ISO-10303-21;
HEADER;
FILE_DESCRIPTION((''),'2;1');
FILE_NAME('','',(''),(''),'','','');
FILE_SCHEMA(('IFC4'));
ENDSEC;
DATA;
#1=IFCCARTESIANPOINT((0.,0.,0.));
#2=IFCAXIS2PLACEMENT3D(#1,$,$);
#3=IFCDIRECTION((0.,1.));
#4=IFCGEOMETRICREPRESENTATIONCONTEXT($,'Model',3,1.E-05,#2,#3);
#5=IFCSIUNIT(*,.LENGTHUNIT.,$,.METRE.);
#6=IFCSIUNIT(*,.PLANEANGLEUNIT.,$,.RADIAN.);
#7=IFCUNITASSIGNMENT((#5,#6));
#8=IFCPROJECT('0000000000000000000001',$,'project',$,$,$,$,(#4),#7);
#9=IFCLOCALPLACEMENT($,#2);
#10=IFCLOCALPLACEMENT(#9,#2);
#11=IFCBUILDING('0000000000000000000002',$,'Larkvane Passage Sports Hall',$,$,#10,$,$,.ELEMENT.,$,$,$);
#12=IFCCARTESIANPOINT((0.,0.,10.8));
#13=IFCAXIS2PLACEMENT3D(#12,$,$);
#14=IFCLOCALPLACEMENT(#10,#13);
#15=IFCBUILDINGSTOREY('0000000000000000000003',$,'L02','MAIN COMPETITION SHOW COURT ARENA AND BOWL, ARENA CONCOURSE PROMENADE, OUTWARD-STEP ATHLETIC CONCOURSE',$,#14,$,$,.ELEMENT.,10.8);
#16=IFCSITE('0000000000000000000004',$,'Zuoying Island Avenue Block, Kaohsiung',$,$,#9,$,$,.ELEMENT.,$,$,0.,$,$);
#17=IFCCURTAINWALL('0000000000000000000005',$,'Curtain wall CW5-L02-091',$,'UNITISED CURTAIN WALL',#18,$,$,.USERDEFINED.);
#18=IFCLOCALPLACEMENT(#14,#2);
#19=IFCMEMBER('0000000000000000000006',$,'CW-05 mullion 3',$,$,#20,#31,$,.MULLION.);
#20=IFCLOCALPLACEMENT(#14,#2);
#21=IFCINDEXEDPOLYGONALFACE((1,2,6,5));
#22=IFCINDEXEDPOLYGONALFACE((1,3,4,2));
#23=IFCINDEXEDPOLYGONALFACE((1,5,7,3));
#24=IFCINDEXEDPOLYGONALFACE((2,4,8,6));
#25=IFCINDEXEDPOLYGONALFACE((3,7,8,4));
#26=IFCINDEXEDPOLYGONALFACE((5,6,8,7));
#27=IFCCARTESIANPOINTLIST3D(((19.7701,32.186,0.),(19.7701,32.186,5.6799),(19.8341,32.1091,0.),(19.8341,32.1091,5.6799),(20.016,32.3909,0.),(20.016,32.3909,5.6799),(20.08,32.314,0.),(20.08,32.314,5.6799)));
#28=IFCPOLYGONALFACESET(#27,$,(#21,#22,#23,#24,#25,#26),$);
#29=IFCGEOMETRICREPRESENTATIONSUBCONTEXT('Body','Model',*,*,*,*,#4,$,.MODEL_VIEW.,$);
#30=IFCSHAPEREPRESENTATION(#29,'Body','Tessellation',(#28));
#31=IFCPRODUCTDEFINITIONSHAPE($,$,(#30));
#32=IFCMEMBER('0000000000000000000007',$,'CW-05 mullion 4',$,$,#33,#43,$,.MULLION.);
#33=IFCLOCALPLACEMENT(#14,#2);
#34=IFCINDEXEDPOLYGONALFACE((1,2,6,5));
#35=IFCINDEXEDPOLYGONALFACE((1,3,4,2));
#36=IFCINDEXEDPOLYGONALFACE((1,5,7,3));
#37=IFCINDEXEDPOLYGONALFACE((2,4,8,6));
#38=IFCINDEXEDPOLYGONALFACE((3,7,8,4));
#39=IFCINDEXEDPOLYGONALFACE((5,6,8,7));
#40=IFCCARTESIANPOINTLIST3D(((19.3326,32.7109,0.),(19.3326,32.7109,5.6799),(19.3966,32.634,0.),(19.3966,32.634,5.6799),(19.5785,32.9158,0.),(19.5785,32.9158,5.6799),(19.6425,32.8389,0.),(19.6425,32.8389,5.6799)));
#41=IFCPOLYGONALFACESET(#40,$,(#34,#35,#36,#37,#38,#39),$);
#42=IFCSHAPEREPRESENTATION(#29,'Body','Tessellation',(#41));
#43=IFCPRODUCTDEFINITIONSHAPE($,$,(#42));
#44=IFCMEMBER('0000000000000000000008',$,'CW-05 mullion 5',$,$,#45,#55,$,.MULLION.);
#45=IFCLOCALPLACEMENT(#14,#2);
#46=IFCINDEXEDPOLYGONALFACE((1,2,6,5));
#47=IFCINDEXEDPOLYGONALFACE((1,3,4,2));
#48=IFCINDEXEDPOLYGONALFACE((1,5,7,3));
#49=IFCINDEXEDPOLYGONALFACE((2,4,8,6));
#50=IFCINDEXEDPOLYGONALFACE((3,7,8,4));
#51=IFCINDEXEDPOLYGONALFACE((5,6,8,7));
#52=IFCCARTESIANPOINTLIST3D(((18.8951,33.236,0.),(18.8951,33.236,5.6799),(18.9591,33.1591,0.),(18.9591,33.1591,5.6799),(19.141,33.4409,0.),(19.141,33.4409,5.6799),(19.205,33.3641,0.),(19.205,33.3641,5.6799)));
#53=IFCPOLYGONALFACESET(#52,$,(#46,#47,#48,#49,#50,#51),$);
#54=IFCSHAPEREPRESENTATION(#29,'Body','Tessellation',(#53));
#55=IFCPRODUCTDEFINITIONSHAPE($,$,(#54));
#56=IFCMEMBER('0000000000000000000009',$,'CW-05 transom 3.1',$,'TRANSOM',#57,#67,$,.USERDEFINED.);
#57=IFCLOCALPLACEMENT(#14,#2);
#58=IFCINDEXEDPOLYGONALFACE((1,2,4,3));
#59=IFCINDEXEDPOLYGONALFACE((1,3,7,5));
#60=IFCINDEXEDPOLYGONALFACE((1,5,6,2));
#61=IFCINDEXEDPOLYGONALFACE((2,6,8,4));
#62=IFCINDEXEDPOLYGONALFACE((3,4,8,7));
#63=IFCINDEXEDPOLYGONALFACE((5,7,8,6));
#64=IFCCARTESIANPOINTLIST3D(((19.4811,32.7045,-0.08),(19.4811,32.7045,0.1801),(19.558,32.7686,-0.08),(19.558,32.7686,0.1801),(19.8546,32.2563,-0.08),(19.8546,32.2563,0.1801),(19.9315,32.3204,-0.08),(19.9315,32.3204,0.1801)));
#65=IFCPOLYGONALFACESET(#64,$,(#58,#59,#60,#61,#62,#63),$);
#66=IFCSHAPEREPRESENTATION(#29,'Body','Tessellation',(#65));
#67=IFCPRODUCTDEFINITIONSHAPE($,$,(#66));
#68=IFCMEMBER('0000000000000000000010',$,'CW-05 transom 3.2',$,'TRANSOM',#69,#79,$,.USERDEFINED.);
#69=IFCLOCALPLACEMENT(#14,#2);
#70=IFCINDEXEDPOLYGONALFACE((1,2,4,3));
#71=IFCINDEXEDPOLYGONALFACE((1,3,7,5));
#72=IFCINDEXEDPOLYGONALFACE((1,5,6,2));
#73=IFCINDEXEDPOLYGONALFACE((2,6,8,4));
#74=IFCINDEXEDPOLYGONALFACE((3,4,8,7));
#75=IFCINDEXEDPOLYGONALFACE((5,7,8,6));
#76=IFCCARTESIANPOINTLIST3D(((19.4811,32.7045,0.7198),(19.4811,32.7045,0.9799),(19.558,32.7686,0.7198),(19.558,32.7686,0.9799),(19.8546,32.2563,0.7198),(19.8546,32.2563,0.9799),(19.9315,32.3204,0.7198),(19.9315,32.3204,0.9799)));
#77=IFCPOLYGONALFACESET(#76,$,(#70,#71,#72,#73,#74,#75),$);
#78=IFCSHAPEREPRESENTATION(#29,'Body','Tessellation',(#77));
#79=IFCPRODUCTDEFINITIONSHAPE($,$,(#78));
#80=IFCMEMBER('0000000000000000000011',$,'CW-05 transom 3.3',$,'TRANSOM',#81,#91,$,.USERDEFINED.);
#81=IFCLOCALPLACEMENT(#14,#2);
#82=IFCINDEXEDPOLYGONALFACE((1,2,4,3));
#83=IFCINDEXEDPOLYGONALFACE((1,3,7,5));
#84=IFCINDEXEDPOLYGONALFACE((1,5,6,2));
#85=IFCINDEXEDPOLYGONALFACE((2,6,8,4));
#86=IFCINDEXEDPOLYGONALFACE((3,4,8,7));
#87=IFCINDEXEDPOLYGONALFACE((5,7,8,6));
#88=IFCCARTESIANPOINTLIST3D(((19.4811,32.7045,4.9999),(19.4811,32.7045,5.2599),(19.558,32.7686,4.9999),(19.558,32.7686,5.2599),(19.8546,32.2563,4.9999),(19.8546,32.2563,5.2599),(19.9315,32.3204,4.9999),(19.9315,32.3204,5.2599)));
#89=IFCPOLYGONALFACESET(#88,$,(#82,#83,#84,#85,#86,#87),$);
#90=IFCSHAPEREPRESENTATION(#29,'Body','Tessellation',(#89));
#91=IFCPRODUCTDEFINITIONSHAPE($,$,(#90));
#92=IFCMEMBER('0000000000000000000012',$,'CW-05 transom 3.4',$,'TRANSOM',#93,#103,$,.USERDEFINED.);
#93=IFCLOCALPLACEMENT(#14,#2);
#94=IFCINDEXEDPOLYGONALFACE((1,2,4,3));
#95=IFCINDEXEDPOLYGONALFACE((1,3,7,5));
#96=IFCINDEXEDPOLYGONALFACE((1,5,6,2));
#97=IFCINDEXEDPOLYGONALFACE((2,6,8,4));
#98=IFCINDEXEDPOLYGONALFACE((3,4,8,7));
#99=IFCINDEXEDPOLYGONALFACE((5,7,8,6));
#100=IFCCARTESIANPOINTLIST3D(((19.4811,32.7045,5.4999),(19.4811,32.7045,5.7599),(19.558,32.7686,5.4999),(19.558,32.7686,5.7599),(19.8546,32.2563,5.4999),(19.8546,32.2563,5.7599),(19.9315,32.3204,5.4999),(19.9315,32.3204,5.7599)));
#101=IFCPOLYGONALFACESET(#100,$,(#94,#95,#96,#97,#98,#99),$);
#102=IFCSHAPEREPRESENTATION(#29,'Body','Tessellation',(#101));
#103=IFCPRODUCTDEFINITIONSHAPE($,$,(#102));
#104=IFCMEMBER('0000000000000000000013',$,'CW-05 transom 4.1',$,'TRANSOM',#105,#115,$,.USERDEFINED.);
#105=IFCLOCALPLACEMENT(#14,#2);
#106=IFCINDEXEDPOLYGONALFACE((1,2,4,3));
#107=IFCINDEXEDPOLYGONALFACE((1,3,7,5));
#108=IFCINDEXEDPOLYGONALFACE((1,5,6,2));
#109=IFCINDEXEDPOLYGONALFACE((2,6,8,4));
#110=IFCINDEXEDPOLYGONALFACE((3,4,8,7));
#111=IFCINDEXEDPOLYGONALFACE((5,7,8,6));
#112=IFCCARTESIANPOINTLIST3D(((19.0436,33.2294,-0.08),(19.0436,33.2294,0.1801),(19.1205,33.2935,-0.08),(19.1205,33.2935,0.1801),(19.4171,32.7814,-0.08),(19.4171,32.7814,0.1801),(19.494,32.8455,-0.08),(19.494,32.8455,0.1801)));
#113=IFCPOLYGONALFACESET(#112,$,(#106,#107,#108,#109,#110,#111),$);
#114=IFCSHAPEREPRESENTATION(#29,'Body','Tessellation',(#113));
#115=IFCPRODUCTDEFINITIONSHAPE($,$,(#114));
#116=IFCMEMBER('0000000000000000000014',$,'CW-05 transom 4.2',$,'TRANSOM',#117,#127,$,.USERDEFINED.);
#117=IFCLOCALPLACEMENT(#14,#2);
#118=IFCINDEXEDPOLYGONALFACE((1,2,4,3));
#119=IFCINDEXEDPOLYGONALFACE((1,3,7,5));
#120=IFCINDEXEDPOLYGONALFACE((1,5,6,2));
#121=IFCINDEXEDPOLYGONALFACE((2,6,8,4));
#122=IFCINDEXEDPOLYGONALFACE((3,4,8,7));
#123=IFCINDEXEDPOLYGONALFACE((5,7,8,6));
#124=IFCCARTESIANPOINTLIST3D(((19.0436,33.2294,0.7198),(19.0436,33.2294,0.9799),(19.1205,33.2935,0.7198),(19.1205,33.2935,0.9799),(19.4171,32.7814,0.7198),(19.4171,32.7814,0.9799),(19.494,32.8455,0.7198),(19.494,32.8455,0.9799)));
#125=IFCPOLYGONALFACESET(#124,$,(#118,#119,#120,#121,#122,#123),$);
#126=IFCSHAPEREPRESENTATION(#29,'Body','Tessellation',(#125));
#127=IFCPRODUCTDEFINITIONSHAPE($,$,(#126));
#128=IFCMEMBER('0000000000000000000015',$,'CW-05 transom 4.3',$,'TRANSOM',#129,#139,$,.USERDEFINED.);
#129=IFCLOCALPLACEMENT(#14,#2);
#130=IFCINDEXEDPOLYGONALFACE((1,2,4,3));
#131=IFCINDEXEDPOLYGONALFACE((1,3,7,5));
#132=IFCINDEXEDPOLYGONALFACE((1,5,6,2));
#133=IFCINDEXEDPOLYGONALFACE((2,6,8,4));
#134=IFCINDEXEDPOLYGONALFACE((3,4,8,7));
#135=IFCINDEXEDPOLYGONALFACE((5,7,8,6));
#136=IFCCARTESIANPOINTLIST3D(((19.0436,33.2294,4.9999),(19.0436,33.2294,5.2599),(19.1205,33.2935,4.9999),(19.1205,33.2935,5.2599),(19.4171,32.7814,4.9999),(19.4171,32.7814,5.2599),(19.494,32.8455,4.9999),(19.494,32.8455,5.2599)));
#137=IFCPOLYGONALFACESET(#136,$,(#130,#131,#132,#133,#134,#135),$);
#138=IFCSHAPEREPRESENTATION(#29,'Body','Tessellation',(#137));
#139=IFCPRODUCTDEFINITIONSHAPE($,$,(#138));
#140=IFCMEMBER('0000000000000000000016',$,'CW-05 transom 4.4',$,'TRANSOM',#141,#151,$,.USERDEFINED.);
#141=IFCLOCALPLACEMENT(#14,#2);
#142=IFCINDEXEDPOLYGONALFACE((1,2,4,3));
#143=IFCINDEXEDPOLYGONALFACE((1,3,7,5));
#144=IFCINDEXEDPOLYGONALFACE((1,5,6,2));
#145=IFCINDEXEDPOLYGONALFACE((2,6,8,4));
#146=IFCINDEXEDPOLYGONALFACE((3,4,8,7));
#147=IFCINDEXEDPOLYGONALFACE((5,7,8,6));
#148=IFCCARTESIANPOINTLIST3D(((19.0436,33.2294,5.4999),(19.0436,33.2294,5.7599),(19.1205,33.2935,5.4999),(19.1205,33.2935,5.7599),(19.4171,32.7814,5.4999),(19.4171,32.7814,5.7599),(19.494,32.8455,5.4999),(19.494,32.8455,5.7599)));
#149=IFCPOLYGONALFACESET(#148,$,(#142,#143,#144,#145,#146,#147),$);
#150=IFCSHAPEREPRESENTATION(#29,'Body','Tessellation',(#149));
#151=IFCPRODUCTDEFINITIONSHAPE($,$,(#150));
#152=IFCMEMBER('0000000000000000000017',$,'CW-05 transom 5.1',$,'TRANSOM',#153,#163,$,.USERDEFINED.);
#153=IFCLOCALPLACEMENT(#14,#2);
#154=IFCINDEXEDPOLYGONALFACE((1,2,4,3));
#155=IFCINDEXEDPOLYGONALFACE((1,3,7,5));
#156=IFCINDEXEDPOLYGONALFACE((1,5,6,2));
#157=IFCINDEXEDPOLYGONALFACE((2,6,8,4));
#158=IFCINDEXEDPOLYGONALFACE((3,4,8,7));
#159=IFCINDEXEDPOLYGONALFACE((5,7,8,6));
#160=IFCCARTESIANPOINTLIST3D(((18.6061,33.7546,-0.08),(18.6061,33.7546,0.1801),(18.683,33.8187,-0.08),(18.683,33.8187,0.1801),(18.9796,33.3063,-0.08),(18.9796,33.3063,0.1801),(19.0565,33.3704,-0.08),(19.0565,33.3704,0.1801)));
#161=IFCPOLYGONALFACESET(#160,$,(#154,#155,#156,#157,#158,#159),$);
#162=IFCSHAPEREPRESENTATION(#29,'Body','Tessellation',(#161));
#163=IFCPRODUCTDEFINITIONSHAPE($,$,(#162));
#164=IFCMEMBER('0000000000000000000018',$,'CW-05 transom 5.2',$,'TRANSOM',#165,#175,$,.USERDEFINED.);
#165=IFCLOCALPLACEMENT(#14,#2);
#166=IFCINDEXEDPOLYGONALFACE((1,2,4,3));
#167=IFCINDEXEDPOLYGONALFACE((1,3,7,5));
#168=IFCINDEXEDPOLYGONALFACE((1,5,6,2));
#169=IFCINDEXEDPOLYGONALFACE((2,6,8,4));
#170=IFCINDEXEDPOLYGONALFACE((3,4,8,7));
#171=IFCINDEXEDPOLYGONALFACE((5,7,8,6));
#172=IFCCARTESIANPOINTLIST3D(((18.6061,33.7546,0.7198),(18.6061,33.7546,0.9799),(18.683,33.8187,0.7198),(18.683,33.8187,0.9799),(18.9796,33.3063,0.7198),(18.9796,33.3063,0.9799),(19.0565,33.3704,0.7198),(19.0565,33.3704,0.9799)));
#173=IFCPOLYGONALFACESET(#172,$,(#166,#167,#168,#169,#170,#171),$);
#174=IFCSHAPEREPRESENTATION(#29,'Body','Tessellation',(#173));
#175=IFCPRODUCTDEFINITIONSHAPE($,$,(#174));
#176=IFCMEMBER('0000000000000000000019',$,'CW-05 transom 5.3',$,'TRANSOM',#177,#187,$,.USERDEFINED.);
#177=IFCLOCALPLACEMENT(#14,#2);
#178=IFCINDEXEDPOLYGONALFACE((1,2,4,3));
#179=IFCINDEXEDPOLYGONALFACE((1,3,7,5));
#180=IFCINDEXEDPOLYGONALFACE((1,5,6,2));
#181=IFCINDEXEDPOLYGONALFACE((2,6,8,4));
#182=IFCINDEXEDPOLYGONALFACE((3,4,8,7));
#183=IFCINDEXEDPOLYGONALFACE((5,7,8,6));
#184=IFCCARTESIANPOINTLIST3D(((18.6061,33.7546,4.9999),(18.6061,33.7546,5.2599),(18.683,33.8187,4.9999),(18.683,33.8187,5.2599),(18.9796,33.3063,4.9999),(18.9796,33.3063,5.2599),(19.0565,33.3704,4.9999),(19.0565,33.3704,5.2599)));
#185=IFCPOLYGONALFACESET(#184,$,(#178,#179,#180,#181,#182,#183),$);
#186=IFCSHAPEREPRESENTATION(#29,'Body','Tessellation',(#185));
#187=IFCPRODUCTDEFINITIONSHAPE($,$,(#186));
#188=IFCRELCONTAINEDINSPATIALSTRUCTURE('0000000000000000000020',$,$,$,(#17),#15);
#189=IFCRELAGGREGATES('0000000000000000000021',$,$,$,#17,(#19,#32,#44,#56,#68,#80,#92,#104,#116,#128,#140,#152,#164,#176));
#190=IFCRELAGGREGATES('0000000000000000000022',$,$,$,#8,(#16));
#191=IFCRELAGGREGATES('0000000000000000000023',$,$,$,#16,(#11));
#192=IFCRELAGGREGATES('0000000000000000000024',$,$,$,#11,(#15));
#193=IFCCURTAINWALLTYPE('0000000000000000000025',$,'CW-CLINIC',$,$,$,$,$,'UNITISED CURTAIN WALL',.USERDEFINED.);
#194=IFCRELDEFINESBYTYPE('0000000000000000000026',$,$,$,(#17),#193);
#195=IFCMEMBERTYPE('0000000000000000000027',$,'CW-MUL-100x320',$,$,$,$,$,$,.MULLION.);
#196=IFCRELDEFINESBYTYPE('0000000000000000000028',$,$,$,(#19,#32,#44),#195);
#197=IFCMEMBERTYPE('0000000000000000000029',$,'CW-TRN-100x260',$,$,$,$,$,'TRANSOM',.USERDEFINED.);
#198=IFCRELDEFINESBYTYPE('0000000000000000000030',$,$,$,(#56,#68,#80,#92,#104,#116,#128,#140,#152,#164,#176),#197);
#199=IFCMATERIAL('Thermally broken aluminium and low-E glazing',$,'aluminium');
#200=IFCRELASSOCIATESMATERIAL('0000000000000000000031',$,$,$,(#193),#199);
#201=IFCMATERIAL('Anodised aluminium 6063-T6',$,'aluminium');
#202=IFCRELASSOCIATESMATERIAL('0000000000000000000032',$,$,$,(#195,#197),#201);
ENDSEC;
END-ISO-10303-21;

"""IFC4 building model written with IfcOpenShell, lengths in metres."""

from ifc_helpers import new_model, si_unit, direction, frame, origin, origin_2d, place, context, subcontext, project, spatial, rectangle, extrude, material, material_profile, profile_set, type_object, element, aggregate, save


model = new_model("IFC4")

# Units and contexts
model_context = context("Model", 3, precision=1e-05, world=origin(), true_north=direction((0.0, 1.0)))
body_context = subcontext(model_context, "Body", "Model", "MODEL_VIEW")
ifc_project = project(units=[si_unit("LENGTHUNIT", "METRE"), si_unit("PLANEANGLEUNIT", "RADIAN")], contexts=[model_context])

# Site, building, storey
site_placement = place(None, origin())
site = spatial("IfcSite", under=ifc_project, at=site_placement, Name="Zuoying Island Avenue Block, Kaohsiung", CompositionType="ELEMENT", RefElevation=0.0)
building_placement = place(site_placement, origin())
building = spatial("IfcBuilding", under=site, at=building_placement, Name="Larkvane Passage Sports Hall", CompositionType="ELEMENT")
storey_placement = place(building_placement, frame((0.0, 0.0, 10.8)))
storey = spatial("IfcBuildingStorey", under=building, at=storey_placement, Name="L02", Description="MAIN COMPETITION SHOW COURT ARENA AND BOWL, ARENA CONCOURSE PROMENADE, OUTWARD-STEP ATHLETIC CONCOURSE", CompositionType="ELEMENT", Elevation=10.8)

# Curtain wall, members
ifc_material_1 = material(Name="Thermally broken aluminium and low-E glazing", Category="aluminium")
curtain_wall_type = type_object("IfcCurtainWallType", Name="CW-CLINIC", ElementType="UNITISED CURTAIN WALL", PredefinedType="USERDEFINED", material=ifc_material_1)
curtain_wall_placement = place(storey_placement, origin())
curtain_wall = element("IfcCurtainWall", 1, at=curtain_wall_placement, inside=storey, type_object=curtain_wall_type, Name="Curtain wall CW5-L02-091", ObjectType="UNITISED CURTAIN WALL", PredefinedType="USERDEFINED")
ifc_material_2 = material(Name="Anodised aluminium 6063-T6", Category="aluminium")
ifc_material_profile_1 = material_profile(ifc_material_2, rectangle(XDim=0.1001, YDim=0.3201, at=origin_2d()), Name="ALU-MUL-100x320")
ifc_profile_set_1 = profile_set([ifc_material_profile_1], Name="Anodised aluminium 6063-T6")
member_type_1 = type_object("IfcMemberType", Name="CW-MUL-100x320", PredefinedType="MULLION", material=ifc_profile_set_1)
member_1_placement = place(storey_placement, frame((19.925, 32.25, 0.0), z_axis=(0.0, 0.0, 1.0), x_axis=(-0.640184, 0.768221, 0.0)))
member_1 = element("IfcMember", 2, at=member_1_placement, type_object=member_type_1, Name="CW-05 mullion 3", PredefinedType="MULLION", context=body_context, shape_type="SweptSolid", body=[
    extrude(rectangle(XDim=0.1001, YDim=0.3201, at=origin_2d()), origin(), (0.0, 0.0, 1.0), 5.6799),
])
member_2_placement = place(storey_placement, frame((19.4875, 32.7749, 0.0), z_axis=(0.0, 0.0, 1.0), x_axis=(-0.640184, 0.768221, 0.0)))
member_2 = element("IfcMember", 3, at=member_2_placement, type_object=member_type_1, Name="CW-05 mullion 4", PredefinedType="MULLION", context=body_context, shape_type="SweptSolid", body=[
    extrude(rectangle(XDim=0.1001, YDim=0.3201, at=origin_2d()), origin(), (0.0, 0.0, 1.0), 5.6799),
])
member_3_placement = place(storey_placement, frame((19.05, 33.3, 0.0), z_axis=(0.0, 0.0, 1.0), x_axis=(-0.640184, 0.768221, 0.0)))
member_3 = element("IfcMember", 4, at=member_3_placement, type_object=member_type_1, Name="CW-05 mullion 5", PredefinedType="MULLION", context=body_context, shape_type="SweptSolid", body=[
    extrude(rectangle(XDim=0.1001, YDim=0.3201, at=origin_2d()), origin(), (0.0, 0.0, 1.0), 5.6799),
])
ifc_material_profile_2 = material_profile(ifc_material_2, rectangle(XDim=0.1001, YDim=0.26, at=origin_2d()), Name="ALU-TRN-100x260")
ifc_profile_set_2 = profile_set([ifc_material_profile_2], Name="Anodised aluminium 6063-T6")
member_type_2 = type_object("IfcMemberType", Name="CW-TRN-100x260", ElementType="TRANSOM", PredefinedType="USERDEFINED", material=ifc_profile_set_2)
member_4_placement = place(storey_placement, frame((19.8931, 32.2883, 0.05), z_axis=(-0.640184, 0.768221, 0.0), x_axis=(-0.768221, -0.640184, 0.0)))
member_4 = element("IfcMember", 5, at=member_4_placement, type_object=member_type_2, Name="CW-05 transom 3.1", ObjectType="TRANSOM", PredefinedType="USERDEFINED", context=body_context, shape_type="SweptSolid", body=[
    extrude(rectangle(XDim=0.1001, YDim=0.26, at=origin_2d()), origin(), (0.0, 0.0, 1.0), 0.5835),
])
member_5_placement = place(storey_placement, frame((19.8931, 32.2883, 0.8499), z_axis=(-0.640184, 0.768221, 0.0), x_axis=(-0.768221, -0.640184, 0.0)))
member_5 = element("IfcMember", 6, at=member_5_placement, type_object=member_type_2, Name="CW-05 transom 3.2", ObjectType="TRANSOM", PredefinedType="USERDEFINED", context=body_context, shape_type="SweptSolid", body=[
    extrude(rectangle(XDim=0.1001, YDim=0.26, at=origin_2d()), origin(), (0.0, 0.0, 1.0), 0.5835),
])
member_6_placement = place(storey_placement, frame((19.8931, 32.2883, 5.1299), z_axis=(-0.640184, 0.768221, 0.0), x_axis=(-0.768221, -0.640184, 0.0)))
member_6 = element("IfcMember", 7, at=member_6_placement, type_object=member_type_2, Name="CW-05 transom 3.3", ObjectType="TRANSOM", PredefinedType="USERDEFINED", context=body_context, shape_type="SweptSolid", body=[
    extrude(rectangle(XDim=0.1001, YDim=0.26, at=origin_2d()), origin(), (0.0, 0.0, 1.0), 0.5835),
])
member_7_placement = place(storey_placement, frame((19.8931, 32.2883, 5.6299), z_axis=(-0.640184, 0.768221, 0.0), x_axis=(-0.768221, -0.640184, 0.0)))
member_7 = element("IfcMember", 8, at=member_7_placement, type_object=member_type_2, Name="CW-05 transom 3.4", ObjectType="TRANSOM", PredefinedType="USERDEFINED", context=body_context, shape_type="SweptSolid", body=[
    extrude(rectangle(XDim=0.1001, YDim=0.26, at=origin_2d()), origin(), (0.0, 0.0, 1.0), 0.5835),
])
member_8_placement = place(storey_placement, frame((19.4556, 32.8135, 0.05), z_axis=(-0.64039, 0.76805, 0.0), x_axis=(-0.76805, -0.64039, 0.0)))
member_8 = element("IfcMember", 9, at=member_8_placement, type_object=member_type_2, Name="CW-05 transom 4.1", ObjectType="TRANSOM", PredefinedType="USERDEFINED", context=body_context, shape_type="SweptSolid", body=[
    extrude(rectangle(XDim=0.1001, YDim=0.26, at=origin_2d()), origin(), (0.0, 0.0, 1.0), 0.5833),
])
member_9_placement = place(storey_placement, frame((19.4556, 32.8135, 0.8499), z_axis=(-0.64039, 0.76805, 0.0), x_axis=(-0.76805, -0.64039, 0.0)))
member_9 = element("IfcMember", 10, at=member_9_placement, type_object=member_type_2, Name="CW-05 transom 4.2", ObjectType="TRANSOM", PredefinedType="USERDEFINED", context=body_context, shape_type="SweptSolid", body=[
    extrude(rectangle(XDim=0.1001, YDim=0.26, at=origin_2d()), origin(), (0.0, 0.0, 1.0), 0.5833),
])
member_10_placement = place(storey_placement, frame((19.4556, 32.8135, 5.1299), z_axis=(-0.64039, 0.76805, 0.0), x_axis=(-0.76805, -0.64039, 0.0)))
member_10 = element("IfcMember", 11, at=member_10_placement, type_object=member_type_2, Name="CW-05 transom 4.3", ObjectType="TRANSOM", PredefinedType="USERDEFINED", context=body_context, shape_type="SweptSolid", body=[
    extrude(rectangle(XDim=0.1001, YDim=0.26, at=origin_2d()), origin(), (0.0, 0.0, 1.0), 0.5833),
])
member_11_placement = place(storey_placement, frame((19.4556, 32.8135, 5.6299), z_axis=(-0.64039, 0.76805, 0.0), x_axis=(-0.76805, -0.64039, 0.0)))
member_11 = element("IfcMember", 12, at=member_11_placement, type_object=member_type_2, Name="CW-05 transom 4.4", ObjectType="TRANSOM", PredefinedType="USERDEFINED", context=body_context, shape_type="SweptSolid", body=[
    extrude(rectangle(XDim=0.1001, YDim=0.26, at=origin_2d()), origin(), (0.0, 0.0, 1.0), 0.5833),
])
member_12_placement = place(storey_placement, frame((19.0181, 33.3384, 0.05), z_axis=(-0.640184, 0.768221, 0.0), x_axis=(-0.768221, -0.640184, 0.0)))
member_12 = element("IfcMember", 13, at=member_12_placement, type_object=member_type_2, Name="CW-05 transom 5.1", ObjectType="TRANSOM", PredefinedType="USERDEFINED", context=body_context, shape_type="SweptSolid", body=[
    extrude(rectangle(XDim=0.1001, YDim=0.26, at=origin_2d()), origin(), (0.0, 0.0, 1.0), 0.5835),
])
member_13_placement = place(storey_placement, frame((19.0181, 33.3384, 0.8499), z_axis=(-0.640184, 0.768221, 0.0), x_axis=(-0.768221, -0.640184, 0.0)))
member_13 = element("IfcMember", 14, at=member_13_placement, type_object=member_type_2, Name="CW-05 transom 5.2", ObjectType="TRANSOM", PredefinedType="USERDEFINED", context=body_context, shape_type="SweptSolid", body=[
    extrude(rectangle(XDim=0.1001, YDim=0.26, at=origin_2d()), origin(), (0.0, 0.0, 1.0), 0.5835),
])
member_14_placement = place(storey_placement, frame((19.0181, 33.3384, 5.1299), z_axis=(-0.640184, 0.768221, 0.0), x_axis=(-0.768221, -0.640184, 0.0)))
member_14 = element("IfcMember", 15, at=member_14_placement, type_object=member_type_2, Name="CW-05 transom 5.3", ObjectType="TRANSOM", PredefinedType="USERDEFINED", context=body_context, shape_type="SweptSolid", body=[
    extrude(rectangle(XDim=0.1001, YDim=0.26, at=origin_2d()), origin(), (0.0, 0.0, 1.0), 0.5835),
])
aggregate(curtain_wall, [member_1, member_2, member_3, member_4, member_5, member_6, member_7, member_8, member_9, member_10, member_11, member_12, member_13, member_14])

save(model, "model.ifc")
